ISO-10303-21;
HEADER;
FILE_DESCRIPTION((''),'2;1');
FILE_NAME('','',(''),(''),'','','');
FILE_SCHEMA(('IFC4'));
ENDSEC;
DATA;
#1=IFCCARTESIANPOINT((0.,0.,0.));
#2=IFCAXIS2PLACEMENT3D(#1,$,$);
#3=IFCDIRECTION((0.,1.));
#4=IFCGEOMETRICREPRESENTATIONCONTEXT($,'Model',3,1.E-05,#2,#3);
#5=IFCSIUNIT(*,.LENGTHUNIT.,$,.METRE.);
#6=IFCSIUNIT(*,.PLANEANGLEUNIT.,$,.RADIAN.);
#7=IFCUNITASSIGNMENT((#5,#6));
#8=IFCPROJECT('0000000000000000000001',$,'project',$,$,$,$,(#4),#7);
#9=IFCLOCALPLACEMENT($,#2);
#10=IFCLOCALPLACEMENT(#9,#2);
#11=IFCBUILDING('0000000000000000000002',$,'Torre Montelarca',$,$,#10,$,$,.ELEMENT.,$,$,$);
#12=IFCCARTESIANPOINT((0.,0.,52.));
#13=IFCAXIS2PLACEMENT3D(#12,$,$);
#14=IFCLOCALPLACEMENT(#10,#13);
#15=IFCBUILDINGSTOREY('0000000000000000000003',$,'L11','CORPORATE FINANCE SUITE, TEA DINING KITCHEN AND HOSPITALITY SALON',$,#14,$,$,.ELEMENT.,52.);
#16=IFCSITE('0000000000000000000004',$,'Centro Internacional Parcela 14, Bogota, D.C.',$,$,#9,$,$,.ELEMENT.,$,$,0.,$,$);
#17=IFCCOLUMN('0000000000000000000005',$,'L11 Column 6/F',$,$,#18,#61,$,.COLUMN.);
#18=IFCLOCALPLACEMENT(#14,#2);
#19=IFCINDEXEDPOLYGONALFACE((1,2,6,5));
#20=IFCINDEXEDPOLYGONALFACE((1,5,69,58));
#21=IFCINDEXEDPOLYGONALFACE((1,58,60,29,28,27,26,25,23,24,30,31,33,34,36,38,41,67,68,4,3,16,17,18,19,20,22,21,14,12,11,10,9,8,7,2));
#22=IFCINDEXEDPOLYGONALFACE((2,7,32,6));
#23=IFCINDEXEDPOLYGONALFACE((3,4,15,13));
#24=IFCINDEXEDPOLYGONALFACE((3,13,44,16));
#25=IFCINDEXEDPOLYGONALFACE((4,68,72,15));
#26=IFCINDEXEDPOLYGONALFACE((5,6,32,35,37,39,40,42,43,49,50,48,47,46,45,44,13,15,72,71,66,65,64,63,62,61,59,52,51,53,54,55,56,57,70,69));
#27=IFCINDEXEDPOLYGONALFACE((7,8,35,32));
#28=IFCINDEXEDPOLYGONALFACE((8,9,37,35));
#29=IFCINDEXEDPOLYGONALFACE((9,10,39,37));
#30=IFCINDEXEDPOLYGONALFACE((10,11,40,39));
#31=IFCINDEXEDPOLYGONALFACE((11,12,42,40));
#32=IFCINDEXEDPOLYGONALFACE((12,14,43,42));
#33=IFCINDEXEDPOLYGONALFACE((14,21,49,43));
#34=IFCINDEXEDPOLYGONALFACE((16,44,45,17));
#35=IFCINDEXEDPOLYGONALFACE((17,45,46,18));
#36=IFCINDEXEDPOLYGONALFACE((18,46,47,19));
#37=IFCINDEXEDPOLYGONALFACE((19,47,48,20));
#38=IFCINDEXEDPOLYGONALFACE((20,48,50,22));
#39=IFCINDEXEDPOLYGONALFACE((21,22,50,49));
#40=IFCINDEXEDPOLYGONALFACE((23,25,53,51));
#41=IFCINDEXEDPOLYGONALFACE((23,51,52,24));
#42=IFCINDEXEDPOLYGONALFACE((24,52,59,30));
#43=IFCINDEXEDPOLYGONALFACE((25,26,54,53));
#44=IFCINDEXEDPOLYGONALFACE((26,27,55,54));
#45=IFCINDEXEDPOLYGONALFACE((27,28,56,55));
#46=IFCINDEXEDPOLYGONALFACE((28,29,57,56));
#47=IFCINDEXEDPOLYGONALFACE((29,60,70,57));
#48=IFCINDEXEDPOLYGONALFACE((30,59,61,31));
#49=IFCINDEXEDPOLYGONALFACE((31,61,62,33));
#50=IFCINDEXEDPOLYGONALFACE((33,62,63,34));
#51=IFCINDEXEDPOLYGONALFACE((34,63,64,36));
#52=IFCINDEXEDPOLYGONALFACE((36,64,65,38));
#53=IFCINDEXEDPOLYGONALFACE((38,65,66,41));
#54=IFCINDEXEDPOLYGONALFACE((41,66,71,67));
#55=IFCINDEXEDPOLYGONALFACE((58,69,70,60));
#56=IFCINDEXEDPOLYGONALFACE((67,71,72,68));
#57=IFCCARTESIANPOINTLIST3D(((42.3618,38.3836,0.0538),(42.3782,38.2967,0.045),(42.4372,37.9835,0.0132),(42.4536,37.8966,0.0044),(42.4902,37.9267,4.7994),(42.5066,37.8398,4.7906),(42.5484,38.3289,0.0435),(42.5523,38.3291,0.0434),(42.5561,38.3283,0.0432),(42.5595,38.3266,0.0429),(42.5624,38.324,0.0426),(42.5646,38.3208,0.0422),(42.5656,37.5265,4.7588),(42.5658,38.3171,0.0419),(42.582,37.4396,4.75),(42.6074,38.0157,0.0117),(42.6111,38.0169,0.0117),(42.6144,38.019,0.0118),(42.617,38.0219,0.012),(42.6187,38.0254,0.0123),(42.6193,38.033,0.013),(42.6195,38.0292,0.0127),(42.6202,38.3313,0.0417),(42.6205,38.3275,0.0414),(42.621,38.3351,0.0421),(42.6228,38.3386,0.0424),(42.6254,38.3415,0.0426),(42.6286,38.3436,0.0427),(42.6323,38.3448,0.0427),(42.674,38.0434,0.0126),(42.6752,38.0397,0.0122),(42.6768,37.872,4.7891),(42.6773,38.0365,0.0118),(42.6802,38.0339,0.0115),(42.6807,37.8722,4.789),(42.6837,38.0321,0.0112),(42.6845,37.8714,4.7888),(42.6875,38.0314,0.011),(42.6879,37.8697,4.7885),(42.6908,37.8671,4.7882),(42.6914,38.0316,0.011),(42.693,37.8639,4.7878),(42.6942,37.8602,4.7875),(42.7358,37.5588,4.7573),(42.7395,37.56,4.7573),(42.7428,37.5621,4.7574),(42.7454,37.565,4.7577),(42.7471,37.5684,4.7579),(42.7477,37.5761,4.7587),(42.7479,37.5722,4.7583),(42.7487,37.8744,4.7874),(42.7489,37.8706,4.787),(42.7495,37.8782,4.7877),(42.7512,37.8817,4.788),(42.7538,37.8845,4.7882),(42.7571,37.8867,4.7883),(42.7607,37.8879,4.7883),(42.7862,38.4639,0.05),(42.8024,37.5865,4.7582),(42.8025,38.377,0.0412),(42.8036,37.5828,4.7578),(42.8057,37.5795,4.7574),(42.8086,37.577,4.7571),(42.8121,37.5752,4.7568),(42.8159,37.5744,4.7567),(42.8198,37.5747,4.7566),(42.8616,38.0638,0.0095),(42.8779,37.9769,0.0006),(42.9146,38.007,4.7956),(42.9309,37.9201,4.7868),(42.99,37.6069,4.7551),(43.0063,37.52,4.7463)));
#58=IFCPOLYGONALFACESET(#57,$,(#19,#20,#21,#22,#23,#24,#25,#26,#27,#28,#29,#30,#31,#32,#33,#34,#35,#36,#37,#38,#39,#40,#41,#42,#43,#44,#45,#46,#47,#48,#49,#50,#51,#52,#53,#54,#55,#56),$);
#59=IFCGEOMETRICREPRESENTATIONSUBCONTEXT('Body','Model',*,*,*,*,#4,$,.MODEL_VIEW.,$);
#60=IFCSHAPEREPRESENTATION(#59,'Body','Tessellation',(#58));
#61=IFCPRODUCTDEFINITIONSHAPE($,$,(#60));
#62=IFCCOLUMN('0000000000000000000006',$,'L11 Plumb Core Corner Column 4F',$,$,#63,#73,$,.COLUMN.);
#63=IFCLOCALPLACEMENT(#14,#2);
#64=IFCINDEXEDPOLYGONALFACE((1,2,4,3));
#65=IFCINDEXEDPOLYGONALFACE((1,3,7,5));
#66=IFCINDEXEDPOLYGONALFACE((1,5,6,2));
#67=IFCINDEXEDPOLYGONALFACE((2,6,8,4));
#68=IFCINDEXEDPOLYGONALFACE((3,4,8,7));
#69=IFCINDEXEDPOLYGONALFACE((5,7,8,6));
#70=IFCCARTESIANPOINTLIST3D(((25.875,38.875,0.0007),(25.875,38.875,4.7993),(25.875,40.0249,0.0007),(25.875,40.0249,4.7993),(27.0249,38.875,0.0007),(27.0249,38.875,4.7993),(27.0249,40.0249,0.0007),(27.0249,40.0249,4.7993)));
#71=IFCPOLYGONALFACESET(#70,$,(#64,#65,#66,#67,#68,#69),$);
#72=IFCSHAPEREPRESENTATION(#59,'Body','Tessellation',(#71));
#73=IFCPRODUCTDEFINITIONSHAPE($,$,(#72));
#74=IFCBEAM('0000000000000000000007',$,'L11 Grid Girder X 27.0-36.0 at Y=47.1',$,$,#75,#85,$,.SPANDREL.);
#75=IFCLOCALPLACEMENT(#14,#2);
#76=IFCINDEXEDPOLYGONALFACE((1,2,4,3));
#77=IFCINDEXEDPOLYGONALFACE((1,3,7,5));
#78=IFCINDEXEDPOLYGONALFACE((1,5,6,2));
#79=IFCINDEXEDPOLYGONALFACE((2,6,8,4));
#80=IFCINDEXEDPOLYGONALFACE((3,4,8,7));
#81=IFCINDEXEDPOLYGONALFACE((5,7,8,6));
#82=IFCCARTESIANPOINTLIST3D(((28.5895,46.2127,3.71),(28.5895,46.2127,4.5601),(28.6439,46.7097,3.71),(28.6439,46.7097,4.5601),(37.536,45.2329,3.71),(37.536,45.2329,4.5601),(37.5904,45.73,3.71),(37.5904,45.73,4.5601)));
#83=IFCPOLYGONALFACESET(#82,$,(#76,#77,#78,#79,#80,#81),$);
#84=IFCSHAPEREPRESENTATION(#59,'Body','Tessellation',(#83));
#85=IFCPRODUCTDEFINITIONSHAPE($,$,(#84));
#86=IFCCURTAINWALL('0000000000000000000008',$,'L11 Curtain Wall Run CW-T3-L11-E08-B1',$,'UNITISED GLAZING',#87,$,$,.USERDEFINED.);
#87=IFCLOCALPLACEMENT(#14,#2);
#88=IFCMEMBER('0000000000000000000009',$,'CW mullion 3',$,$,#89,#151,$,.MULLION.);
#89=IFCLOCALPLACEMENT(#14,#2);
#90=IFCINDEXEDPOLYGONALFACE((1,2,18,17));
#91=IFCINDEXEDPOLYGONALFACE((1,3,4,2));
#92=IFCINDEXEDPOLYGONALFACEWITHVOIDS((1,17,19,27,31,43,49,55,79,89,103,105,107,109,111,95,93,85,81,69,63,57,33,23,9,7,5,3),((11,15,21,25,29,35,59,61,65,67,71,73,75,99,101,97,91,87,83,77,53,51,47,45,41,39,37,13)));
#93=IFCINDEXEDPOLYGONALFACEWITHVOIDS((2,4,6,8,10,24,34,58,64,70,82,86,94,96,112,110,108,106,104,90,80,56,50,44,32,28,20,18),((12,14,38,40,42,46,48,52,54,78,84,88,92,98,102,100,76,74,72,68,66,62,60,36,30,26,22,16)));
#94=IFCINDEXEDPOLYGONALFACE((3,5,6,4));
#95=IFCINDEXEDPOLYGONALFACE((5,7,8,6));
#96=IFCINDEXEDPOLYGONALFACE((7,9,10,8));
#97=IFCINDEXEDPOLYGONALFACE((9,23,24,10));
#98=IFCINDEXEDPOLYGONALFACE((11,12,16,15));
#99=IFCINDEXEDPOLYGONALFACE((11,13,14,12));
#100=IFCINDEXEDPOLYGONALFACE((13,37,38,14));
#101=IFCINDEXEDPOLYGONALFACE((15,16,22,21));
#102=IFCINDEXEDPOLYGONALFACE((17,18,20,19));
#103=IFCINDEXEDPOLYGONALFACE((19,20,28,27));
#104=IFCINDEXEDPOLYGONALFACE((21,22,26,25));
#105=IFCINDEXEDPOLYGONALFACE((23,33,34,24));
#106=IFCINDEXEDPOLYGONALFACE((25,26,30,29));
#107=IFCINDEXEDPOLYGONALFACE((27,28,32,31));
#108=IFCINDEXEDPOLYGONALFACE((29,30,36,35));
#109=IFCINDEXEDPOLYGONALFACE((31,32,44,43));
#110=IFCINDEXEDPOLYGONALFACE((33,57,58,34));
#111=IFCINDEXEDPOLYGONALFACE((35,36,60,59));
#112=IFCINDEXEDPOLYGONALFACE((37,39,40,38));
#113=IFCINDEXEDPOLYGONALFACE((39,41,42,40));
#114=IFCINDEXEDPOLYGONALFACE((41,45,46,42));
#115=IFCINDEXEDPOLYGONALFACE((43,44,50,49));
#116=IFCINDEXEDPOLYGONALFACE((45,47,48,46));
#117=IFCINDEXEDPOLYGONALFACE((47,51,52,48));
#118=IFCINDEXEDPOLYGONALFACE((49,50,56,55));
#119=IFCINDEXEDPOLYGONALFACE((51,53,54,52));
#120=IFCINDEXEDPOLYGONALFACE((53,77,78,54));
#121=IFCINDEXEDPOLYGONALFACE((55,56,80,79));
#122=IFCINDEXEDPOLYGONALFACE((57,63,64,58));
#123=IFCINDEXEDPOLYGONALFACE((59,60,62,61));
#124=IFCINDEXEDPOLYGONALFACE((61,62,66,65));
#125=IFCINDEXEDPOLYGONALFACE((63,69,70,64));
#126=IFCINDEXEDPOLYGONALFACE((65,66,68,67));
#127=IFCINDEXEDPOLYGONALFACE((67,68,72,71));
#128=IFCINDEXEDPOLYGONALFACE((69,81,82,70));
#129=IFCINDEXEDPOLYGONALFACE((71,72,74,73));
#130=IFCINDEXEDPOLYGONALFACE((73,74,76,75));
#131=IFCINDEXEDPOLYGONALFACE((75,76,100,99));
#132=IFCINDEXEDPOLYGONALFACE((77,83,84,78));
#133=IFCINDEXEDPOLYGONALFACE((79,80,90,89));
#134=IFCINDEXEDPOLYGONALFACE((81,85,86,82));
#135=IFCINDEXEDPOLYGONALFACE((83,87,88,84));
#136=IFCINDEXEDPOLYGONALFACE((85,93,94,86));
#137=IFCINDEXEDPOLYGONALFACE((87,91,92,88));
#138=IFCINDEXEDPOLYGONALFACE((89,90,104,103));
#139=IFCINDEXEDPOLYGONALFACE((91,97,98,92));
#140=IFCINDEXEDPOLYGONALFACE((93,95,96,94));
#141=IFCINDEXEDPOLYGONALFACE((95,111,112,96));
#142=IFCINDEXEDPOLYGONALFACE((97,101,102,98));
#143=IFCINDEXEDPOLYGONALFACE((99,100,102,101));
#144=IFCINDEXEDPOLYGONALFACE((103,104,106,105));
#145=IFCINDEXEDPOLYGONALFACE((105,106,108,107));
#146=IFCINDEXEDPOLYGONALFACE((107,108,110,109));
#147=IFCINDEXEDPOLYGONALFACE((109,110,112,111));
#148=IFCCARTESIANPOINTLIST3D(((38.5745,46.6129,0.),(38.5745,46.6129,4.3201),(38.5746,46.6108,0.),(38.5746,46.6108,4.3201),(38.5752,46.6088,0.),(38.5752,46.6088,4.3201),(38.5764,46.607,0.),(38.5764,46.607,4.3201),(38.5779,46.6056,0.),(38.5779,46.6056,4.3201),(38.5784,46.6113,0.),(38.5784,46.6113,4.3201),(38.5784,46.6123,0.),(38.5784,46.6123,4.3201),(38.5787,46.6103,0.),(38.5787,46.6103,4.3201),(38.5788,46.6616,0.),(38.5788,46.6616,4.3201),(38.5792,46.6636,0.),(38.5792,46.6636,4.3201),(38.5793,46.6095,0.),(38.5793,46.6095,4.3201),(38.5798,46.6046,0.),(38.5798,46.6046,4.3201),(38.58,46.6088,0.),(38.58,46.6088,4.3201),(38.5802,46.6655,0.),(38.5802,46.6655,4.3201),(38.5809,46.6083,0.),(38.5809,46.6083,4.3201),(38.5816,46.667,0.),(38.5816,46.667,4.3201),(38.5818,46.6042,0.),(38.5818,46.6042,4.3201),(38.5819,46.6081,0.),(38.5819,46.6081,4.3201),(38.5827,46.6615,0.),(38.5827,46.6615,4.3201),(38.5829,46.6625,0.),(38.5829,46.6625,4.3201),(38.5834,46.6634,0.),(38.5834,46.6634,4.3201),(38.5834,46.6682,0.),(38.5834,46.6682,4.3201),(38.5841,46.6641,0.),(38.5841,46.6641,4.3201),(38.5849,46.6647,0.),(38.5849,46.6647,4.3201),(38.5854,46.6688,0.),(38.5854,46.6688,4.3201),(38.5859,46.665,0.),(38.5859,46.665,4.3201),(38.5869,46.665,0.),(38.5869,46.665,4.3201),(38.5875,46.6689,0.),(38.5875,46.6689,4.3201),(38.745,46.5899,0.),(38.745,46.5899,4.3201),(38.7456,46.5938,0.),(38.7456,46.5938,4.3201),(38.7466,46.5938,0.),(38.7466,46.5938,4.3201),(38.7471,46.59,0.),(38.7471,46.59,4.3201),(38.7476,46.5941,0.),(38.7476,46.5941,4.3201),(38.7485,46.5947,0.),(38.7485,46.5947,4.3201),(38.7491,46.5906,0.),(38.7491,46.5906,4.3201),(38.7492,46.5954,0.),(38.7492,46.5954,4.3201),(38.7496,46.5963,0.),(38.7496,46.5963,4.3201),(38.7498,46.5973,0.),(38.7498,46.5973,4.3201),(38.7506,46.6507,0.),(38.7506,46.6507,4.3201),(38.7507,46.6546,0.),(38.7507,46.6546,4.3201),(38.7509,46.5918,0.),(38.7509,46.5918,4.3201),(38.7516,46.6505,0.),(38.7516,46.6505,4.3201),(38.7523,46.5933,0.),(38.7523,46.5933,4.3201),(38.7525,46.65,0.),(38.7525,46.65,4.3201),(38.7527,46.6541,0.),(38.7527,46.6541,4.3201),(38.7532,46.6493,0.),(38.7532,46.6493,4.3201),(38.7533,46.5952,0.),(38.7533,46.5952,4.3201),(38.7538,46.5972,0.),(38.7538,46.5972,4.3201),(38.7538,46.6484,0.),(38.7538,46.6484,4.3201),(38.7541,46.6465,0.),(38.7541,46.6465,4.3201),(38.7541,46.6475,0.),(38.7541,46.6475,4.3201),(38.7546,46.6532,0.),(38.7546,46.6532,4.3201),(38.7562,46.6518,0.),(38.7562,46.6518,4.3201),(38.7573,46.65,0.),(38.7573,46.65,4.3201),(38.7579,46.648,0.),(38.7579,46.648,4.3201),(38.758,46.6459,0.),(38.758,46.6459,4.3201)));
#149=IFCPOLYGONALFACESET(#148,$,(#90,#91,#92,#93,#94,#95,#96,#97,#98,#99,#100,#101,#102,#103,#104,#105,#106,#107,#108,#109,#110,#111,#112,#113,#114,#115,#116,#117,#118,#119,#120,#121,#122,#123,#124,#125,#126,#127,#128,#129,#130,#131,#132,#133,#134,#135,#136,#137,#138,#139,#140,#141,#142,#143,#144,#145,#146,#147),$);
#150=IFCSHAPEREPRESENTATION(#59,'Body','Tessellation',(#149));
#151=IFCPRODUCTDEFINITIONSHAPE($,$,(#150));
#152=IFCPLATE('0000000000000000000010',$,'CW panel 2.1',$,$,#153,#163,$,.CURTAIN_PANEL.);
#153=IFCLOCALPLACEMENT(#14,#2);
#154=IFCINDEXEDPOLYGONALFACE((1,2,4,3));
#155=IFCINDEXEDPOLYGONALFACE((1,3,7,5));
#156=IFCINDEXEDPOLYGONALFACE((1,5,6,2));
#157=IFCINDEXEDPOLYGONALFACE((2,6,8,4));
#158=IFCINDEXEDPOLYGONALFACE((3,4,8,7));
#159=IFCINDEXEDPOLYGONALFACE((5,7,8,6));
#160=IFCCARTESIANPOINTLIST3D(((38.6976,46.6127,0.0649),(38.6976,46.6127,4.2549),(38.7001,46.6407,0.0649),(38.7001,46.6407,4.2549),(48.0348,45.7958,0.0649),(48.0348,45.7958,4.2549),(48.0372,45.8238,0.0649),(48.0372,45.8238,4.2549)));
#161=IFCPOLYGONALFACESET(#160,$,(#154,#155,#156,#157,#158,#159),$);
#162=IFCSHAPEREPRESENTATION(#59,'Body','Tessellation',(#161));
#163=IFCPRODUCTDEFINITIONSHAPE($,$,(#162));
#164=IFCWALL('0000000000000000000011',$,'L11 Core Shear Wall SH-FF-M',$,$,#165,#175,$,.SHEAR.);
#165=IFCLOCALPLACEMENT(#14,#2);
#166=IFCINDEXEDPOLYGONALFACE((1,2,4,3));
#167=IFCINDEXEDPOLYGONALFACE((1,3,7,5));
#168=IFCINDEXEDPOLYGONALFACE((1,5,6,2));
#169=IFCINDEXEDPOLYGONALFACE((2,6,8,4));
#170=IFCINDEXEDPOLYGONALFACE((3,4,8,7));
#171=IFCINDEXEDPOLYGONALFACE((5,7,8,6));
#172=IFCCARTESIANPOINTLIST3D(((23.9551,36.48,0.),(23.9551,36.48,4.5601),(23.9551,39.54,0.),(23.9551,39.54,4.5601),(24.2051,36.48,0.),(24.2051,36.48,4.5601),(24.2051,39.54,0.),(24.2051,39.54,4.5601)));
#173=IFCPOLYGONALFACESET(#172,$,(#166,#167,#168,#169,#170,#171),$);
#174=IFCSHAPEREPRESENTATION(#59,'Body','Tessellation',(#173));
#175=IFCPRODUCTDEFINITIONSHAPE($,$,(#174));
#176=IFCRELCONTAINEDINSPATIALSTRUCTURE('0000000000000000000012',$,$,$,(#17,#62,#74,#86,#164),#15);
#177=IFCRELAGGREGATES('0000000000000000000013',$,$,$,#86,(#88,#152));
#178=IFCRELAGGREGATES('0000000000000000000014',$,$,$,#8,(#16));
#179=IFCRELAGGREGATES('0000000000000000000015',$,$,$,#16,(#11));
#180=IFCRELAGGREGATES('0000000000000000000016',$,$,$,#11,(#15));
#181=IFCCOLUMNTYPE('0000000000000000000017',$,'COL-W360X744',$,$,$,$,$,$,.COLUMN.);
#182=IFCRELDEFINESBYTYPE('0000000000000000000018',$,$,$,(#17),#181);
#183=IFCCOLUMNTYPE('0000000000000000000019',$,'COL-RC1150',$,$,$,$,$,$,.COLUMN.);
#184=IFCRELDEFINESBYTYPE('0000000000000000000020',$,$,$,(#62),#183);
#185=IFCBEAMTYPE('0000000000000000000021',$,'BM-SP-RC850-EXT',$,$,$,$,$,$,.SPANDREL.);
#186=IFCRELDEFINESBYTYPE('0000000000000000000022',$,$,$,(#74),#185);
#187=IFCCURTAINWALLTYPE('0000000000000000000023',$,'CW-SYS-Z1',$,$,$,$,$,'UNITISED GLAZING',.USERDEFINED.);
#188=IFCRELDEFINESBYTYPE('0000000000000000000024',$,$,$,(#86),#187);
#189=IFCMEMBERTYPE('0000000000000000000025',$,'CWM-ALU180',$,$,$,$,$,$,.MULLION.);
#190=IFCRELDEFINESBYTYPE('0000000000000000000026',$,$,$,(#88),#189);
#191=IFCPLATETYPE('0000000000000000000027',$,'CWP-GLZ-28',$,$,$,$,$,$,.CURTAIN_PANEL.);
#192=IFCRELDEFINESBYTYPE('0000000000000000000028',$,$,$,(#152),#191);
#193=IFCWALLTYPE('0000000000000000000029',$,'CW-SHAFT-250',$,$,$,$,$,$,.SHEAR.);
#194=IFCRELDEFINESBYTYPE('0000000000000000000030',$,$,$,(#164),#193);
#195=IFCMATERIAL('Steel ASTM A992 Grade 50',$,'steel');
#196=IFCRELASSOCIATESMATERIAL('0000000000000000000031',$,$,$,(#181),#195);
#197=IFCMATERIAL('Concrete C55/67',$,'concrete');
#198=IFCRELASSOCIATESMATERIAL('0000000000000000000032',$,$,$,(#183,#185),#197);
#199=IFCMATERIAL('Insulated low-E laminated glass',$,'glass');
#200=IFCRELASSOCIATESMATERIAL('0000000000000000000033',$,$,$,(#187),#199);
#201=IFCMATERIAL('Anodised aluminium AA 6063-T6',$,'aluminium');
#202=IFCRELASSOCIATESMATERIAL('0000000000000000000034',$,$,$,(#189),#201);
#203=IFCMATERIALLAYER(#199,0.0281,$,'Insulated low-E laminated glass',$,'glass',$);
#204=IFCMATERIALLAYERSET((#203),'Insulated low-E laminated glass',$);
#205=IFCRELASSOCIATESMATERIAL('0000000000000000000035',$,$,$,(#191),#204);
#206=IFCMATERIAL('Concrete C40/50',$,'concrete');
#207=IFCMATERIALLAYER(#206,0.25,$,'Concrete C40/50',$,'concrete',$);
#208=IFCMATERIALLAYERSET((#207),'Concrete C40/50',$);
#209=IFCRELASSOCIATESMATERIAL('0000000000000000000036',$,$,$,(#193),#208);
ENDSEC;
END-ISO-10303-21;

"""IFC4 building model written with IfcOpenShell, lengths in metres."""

from ifc_helpers import new_model, si_unit, direction, frame, frame_2d, origin, origin_2d, place, context, subcontext, project, spatial, rectangle, hollow_rectangle, i_section, extrude, clip, halfspace, source, transform, mapped, material, layer, layer_set, material_profile, profile_set, type_object, element, aggregate, save


model = new_model("IFC4")

# Units and contexts
model_context = context("Model", 3, precision=1e-05, world=origin(), true_north=direction((0.0, 1.0)))
body_context = subcontext(model_context, "Body", "Model", "MODEL_VIEW")
ifc_project = project(units=[si_unit("LENGTHUNIT", "METRE"), si_unit("PLANEANGLEUNIT", "RADIAN")], contexts=[model_context])

# Site, building, storey
site_placement = place(None, origin())
site = spatial("IfcSite", under=ifc_project, at=site_placement, Name="Centro Internacional Parcela 14, Bogota, D.C.", CompositionType="ELEMENT", RefElevation=0.0)
building_placement = place(site_placement, origin())
building = spatial("IfcBuilding", under=site, at=building_placement, Name="Torre Montelarca", CompositionType="ELEMENT")
storey_placement = place(building_placement, frame((0.0, 0.0, 52.0)))
storey = spatial("IfcBuildingStorey", under=building, at=storey_placement, Name="L11", Description="CORPORATE FINANCE SUITE, TEA DINING KITCHEN AND HOSPITALITY SALON", CompositionType="ELEMENT", Elevation=52.0)

# Columns
ifc_material_1 = material(Name="Steel ASTM A992 Grade 50", Category="steel")
ifc_material_profile_1 = material_profile(ifc_material_1, i_section(OverallWidth=0.4319, OverallDepth=0.498, WebThickness=0.0557, FlangeThickness=0.0889, FilletRadius=0.0149, at=origin_2d()), Name="W360X744", Category="steel")
ifc_profile_set_1 = profile_set([ifc_material_profile_1], Name="Steel ASTM A992 Grade 50")
column_type_1 = type_object("IfcColumnType", Name="COL-W360X744", PredefinedType="COLUMN", material=ifc_profile_set_1)
column_1_placement = place(storey_placement, frame((42.6191, 38.1829, 0.0), z_axis=(0.026924, -0.095804, 0.995036), x_axis=(-0.982505, -0.186036, 0.008673)))
element("IfcColumn", 1, at=column_1_placement, inside=storey, type_object=column_type_1, Name="L11 Column 6/F", PredefinedType="COLUMN", context=body_context, shape_type="Clipping", body=[
    clip(clip(extrude(i_section(OverallWidth=0.4319, OverallDepth=0.498, WebThickness=0.0557, FlangeThickness=0.0889, FilletRadius=0.0149, at=origin_2d()), origin(), (0.0, 0.0, 1.0), 4.824), halfspace(frame((0.0, 0.0, 0.0273), z_axis=(0.0, 0.0, -1.0), x_axis=(1.0, 0.0, 0.0)), False)), halfspace(frame((0.0, 0.0, 4.7966), z_axis=(0.0, 0.0, 1.0), x_axis=(1.0, 0.0, 0.0)), False)),
])
ifc_material_2 = material(Name="Concrete C55/67", Category="concrete")
ifc_material_profile_2 = material_profile(ifc_material_2, rectangle(XDim=1.1499, YDim=1.1499, at=origin_2d()), Name="RC1150X1150", Category="concrete")
ifc_profile_set_2 = profile_set([ifc_material_profile_2], Name="Concrete C55/67")
column_type_2 = type_object("IfcColumnType", Name="COL-RC1150", PredefinedType="COLUMN", material=ifc_profile_set_2)
shared_shape_1 = source(origin(), body_context, "Body", "SweptSolid", [
    extrude(rectangle(XDim=1.1499, YDim=1.1499, at=origin_2d()), origin(), (0.0, 0.0, 1.0), 4.7986),
])
column_2_placement = place(storey_placement, frame((26.45, 39.45, 0.0007), z_axis=(0.0, 0.0, 1.0), x_axis=(1.0, 0.0, 0.0)))
element("IfcColumn", 2, at=column_2_placement, inside=storey, type_object=column_type_2, Name="L11 Plumb Core Corner Column 4F", PredefinedType="COLUMN", context=body_context, shape_type="MappedRepresentation", body=[
    mapped(shared_shape_1, transform((0.0, 0.0, 0.0), scale=1.0)),
])

# Beam
ifc_material_profile_3 = material_profile(ifc_material_2, rectangle(XDim=0.5, YDim=0.8501, at=origin_2d()), Name="RCB500X850", Category="concrete")
ifc_profile_set_3 = profile_set([ifc_material_profile_3], Name="Concrete C55/67")
beam_type = type_object("IfcBeamType", Name="BM-SP-RC850-EXT", PredefinedType="SPANDREL", material=ifc_profile_set_3)
shared_shape_2 = source(origin(), body_context, "Body", "SweptSolid", [
    extrude(rectangle(XDim=0.5, YDim=0.8501, at=origin_2d()), origin(), (0.0, 0.0, 1.0), 9.0),
])
beam_placement = place(storey_placement, frame((28.6167, 46.4612, 4.135), z_axis=(0.994057, -0.108859, 0.0), x_axis=(0.108859, 0.994057, 0.0)))
element("IfcBeam", 3, at=beam_placement, inside=storey, type_object=beam_type, Name="L11 Grid Girder X 27.0-36.0 at Y=47.1", PredefinedType="SPANDREL", context=body_context, shape_type="MappedRepresentation", body=[
    mapped(shared_shape_2, transform((0.0, 0.0, 0.0), scale=1.0)),
])

# Curtain wall, member, plate
ifc_material_3 = material(Name="Insulated low-E laminated glass", Category="glass")
curtain_wall_type = type_object("IfcCurtainWallType", Name="CW-SYS-Z1", ElementType="UNITISED GLAZING", PredefinedType="USERDEFINED", material=ifc_material_3)
curtain_wall_placement = place(storey_placement, origin())
curtain_wall = element("IfcCurtainWall", 4, at=curtain_wall_placement, inside=storey, type_object=curtain_wall_type, Name="L11 Curtain Wall Run CW-T3-L11-E08-B1", ObjectType="UNITISED GLAZING", PredefinedType="USERDEFINED")
ifc_material_4 = material(Name="Anodised aluminium AA 6063-T6", Category="aluminium")
ifc_material_profile_4 = material_profile(ifc_material_4, hollow_rectangle(XDim=0.0649, YDim=0.1799, WallThickness=0.0039, InnerFilletRadius=0.0039, OuterFilletRadius=0.0081, at=origin_2d()), Name="ALU65X180X4", Category="aluminium")
ifc_profile_set_4 = profile_set([ifc_material_profile_4], Name="Anodised aluminium AA 6063-T6")
member_type = type_object("IfcMemberType", Name="CWM-ALU180", PredefinedType="MULLION", material=ifc_profile_set_4)
shared_shape_3 = source(origin(), body_context, "Body", "SweptSolid", [
    extrude(hollow_rectangle(XDim=0.0649, YDim=0.1799, WallThickness=0.0039, InnerFilletRadius=0.0039, OuterFilletRadius=0.0081, at=origin_2d()), origin(), (0.0, 0.0, 1.0), 4.3201),
])
member_placement = place(storey_placement, frame((38.6663, 46.6294, 0.0), z_axis=(0.0, 0.0, 1.0), x_axis=(-0.087157, -0.996195, 0.0)))
member = element("IfcMember", 5, at=member_placement, type_object=member_type, Name="CW mullion 3", PredefinedType="MULLION", context=body_context, shape_type="MappedRepresentation", body=[
    mapped(shared_shape_3, transform((0.0, 0.0, 0.0), scale=1.0)),
])
ifc_layer_1 = layer(ifc_material_3, 0.0281, Name="Insulated low-E laminated glass", Category="glass")
ifc_layer_set_1 = layer_set([ifc_layer_1], Name="Insulated low-E laminated glass")
plate_type = type_object("IfcPlateType", Name="CWP-GLZ-28", PredefinedType="CURTAIN_PANEL", material=ifc_layer_set_1)
shared_shape_4 = source(origin(), body_context, "Body", "SweptSolid", [
    extrude(rectangle(XDim=9.3728, YDim=0.0281, at=origin_2d()), origin(), (0.0, 0.0, 1.0), 4.1899),
])
plate_placement = place(storey_placement, frame((43.3674, 46.2183, 0.0649), z_axis=(0.0, 0.0, 1.0), x_axis=(-0.996195, 0.087157, 0.0)))
plate = element("IfcPlate", 6, at=plate_placement, type_object=plate_type, Name="CW panel 2.1", PredefinedType="CURTAIN_PANEL", context=body_context, shape_type="MappedRepresentation", body=[
    mapped(shared_shape_4, transform((0.0, 0.0, 0.0), scale=1.0)),
])
aggregate(curtain_wall, [member, plate])

# Wall
ifc_material_5 = material(Name="Concrete C40/50", Category="concrete")
ifc_layer_2 = layer(ifc_material_5, 0.25, Name="Concrete C40/50", Category="concrete")
ifc_layer_set_2 = layer_set([ifc_layer_2], Name="Concrete C40/50")
wall_type_1 = type_object("IfcWallType", Name="CW-SHAFT-250", PredefinedType="SHEAR", material=ifc_layer_set_2)
wall_1_placement = place(storey_placement, frame((24.0801, 36.48, 0.0), z_axis=(0.0, 0.0, 1.0), x_axis=(0.0, 1.0, 0.0)))
element("IfcWall", 7, at=wall_1_placement, inside=storey, type_object=wall_type_1, Name="L11 Core Shear Wall SH-FF-M", PredefinedType="SHEAR", context=body_context, shape_type="SweptSolid", body=[
    extrude(rectangle(XDim=3.0601, YDim=0.25, at=frame_2d((1.53, 0.0))), origin(), (0.0, 0.0, 1.0), 4.5601),
])

save(model, "model.ifc")
